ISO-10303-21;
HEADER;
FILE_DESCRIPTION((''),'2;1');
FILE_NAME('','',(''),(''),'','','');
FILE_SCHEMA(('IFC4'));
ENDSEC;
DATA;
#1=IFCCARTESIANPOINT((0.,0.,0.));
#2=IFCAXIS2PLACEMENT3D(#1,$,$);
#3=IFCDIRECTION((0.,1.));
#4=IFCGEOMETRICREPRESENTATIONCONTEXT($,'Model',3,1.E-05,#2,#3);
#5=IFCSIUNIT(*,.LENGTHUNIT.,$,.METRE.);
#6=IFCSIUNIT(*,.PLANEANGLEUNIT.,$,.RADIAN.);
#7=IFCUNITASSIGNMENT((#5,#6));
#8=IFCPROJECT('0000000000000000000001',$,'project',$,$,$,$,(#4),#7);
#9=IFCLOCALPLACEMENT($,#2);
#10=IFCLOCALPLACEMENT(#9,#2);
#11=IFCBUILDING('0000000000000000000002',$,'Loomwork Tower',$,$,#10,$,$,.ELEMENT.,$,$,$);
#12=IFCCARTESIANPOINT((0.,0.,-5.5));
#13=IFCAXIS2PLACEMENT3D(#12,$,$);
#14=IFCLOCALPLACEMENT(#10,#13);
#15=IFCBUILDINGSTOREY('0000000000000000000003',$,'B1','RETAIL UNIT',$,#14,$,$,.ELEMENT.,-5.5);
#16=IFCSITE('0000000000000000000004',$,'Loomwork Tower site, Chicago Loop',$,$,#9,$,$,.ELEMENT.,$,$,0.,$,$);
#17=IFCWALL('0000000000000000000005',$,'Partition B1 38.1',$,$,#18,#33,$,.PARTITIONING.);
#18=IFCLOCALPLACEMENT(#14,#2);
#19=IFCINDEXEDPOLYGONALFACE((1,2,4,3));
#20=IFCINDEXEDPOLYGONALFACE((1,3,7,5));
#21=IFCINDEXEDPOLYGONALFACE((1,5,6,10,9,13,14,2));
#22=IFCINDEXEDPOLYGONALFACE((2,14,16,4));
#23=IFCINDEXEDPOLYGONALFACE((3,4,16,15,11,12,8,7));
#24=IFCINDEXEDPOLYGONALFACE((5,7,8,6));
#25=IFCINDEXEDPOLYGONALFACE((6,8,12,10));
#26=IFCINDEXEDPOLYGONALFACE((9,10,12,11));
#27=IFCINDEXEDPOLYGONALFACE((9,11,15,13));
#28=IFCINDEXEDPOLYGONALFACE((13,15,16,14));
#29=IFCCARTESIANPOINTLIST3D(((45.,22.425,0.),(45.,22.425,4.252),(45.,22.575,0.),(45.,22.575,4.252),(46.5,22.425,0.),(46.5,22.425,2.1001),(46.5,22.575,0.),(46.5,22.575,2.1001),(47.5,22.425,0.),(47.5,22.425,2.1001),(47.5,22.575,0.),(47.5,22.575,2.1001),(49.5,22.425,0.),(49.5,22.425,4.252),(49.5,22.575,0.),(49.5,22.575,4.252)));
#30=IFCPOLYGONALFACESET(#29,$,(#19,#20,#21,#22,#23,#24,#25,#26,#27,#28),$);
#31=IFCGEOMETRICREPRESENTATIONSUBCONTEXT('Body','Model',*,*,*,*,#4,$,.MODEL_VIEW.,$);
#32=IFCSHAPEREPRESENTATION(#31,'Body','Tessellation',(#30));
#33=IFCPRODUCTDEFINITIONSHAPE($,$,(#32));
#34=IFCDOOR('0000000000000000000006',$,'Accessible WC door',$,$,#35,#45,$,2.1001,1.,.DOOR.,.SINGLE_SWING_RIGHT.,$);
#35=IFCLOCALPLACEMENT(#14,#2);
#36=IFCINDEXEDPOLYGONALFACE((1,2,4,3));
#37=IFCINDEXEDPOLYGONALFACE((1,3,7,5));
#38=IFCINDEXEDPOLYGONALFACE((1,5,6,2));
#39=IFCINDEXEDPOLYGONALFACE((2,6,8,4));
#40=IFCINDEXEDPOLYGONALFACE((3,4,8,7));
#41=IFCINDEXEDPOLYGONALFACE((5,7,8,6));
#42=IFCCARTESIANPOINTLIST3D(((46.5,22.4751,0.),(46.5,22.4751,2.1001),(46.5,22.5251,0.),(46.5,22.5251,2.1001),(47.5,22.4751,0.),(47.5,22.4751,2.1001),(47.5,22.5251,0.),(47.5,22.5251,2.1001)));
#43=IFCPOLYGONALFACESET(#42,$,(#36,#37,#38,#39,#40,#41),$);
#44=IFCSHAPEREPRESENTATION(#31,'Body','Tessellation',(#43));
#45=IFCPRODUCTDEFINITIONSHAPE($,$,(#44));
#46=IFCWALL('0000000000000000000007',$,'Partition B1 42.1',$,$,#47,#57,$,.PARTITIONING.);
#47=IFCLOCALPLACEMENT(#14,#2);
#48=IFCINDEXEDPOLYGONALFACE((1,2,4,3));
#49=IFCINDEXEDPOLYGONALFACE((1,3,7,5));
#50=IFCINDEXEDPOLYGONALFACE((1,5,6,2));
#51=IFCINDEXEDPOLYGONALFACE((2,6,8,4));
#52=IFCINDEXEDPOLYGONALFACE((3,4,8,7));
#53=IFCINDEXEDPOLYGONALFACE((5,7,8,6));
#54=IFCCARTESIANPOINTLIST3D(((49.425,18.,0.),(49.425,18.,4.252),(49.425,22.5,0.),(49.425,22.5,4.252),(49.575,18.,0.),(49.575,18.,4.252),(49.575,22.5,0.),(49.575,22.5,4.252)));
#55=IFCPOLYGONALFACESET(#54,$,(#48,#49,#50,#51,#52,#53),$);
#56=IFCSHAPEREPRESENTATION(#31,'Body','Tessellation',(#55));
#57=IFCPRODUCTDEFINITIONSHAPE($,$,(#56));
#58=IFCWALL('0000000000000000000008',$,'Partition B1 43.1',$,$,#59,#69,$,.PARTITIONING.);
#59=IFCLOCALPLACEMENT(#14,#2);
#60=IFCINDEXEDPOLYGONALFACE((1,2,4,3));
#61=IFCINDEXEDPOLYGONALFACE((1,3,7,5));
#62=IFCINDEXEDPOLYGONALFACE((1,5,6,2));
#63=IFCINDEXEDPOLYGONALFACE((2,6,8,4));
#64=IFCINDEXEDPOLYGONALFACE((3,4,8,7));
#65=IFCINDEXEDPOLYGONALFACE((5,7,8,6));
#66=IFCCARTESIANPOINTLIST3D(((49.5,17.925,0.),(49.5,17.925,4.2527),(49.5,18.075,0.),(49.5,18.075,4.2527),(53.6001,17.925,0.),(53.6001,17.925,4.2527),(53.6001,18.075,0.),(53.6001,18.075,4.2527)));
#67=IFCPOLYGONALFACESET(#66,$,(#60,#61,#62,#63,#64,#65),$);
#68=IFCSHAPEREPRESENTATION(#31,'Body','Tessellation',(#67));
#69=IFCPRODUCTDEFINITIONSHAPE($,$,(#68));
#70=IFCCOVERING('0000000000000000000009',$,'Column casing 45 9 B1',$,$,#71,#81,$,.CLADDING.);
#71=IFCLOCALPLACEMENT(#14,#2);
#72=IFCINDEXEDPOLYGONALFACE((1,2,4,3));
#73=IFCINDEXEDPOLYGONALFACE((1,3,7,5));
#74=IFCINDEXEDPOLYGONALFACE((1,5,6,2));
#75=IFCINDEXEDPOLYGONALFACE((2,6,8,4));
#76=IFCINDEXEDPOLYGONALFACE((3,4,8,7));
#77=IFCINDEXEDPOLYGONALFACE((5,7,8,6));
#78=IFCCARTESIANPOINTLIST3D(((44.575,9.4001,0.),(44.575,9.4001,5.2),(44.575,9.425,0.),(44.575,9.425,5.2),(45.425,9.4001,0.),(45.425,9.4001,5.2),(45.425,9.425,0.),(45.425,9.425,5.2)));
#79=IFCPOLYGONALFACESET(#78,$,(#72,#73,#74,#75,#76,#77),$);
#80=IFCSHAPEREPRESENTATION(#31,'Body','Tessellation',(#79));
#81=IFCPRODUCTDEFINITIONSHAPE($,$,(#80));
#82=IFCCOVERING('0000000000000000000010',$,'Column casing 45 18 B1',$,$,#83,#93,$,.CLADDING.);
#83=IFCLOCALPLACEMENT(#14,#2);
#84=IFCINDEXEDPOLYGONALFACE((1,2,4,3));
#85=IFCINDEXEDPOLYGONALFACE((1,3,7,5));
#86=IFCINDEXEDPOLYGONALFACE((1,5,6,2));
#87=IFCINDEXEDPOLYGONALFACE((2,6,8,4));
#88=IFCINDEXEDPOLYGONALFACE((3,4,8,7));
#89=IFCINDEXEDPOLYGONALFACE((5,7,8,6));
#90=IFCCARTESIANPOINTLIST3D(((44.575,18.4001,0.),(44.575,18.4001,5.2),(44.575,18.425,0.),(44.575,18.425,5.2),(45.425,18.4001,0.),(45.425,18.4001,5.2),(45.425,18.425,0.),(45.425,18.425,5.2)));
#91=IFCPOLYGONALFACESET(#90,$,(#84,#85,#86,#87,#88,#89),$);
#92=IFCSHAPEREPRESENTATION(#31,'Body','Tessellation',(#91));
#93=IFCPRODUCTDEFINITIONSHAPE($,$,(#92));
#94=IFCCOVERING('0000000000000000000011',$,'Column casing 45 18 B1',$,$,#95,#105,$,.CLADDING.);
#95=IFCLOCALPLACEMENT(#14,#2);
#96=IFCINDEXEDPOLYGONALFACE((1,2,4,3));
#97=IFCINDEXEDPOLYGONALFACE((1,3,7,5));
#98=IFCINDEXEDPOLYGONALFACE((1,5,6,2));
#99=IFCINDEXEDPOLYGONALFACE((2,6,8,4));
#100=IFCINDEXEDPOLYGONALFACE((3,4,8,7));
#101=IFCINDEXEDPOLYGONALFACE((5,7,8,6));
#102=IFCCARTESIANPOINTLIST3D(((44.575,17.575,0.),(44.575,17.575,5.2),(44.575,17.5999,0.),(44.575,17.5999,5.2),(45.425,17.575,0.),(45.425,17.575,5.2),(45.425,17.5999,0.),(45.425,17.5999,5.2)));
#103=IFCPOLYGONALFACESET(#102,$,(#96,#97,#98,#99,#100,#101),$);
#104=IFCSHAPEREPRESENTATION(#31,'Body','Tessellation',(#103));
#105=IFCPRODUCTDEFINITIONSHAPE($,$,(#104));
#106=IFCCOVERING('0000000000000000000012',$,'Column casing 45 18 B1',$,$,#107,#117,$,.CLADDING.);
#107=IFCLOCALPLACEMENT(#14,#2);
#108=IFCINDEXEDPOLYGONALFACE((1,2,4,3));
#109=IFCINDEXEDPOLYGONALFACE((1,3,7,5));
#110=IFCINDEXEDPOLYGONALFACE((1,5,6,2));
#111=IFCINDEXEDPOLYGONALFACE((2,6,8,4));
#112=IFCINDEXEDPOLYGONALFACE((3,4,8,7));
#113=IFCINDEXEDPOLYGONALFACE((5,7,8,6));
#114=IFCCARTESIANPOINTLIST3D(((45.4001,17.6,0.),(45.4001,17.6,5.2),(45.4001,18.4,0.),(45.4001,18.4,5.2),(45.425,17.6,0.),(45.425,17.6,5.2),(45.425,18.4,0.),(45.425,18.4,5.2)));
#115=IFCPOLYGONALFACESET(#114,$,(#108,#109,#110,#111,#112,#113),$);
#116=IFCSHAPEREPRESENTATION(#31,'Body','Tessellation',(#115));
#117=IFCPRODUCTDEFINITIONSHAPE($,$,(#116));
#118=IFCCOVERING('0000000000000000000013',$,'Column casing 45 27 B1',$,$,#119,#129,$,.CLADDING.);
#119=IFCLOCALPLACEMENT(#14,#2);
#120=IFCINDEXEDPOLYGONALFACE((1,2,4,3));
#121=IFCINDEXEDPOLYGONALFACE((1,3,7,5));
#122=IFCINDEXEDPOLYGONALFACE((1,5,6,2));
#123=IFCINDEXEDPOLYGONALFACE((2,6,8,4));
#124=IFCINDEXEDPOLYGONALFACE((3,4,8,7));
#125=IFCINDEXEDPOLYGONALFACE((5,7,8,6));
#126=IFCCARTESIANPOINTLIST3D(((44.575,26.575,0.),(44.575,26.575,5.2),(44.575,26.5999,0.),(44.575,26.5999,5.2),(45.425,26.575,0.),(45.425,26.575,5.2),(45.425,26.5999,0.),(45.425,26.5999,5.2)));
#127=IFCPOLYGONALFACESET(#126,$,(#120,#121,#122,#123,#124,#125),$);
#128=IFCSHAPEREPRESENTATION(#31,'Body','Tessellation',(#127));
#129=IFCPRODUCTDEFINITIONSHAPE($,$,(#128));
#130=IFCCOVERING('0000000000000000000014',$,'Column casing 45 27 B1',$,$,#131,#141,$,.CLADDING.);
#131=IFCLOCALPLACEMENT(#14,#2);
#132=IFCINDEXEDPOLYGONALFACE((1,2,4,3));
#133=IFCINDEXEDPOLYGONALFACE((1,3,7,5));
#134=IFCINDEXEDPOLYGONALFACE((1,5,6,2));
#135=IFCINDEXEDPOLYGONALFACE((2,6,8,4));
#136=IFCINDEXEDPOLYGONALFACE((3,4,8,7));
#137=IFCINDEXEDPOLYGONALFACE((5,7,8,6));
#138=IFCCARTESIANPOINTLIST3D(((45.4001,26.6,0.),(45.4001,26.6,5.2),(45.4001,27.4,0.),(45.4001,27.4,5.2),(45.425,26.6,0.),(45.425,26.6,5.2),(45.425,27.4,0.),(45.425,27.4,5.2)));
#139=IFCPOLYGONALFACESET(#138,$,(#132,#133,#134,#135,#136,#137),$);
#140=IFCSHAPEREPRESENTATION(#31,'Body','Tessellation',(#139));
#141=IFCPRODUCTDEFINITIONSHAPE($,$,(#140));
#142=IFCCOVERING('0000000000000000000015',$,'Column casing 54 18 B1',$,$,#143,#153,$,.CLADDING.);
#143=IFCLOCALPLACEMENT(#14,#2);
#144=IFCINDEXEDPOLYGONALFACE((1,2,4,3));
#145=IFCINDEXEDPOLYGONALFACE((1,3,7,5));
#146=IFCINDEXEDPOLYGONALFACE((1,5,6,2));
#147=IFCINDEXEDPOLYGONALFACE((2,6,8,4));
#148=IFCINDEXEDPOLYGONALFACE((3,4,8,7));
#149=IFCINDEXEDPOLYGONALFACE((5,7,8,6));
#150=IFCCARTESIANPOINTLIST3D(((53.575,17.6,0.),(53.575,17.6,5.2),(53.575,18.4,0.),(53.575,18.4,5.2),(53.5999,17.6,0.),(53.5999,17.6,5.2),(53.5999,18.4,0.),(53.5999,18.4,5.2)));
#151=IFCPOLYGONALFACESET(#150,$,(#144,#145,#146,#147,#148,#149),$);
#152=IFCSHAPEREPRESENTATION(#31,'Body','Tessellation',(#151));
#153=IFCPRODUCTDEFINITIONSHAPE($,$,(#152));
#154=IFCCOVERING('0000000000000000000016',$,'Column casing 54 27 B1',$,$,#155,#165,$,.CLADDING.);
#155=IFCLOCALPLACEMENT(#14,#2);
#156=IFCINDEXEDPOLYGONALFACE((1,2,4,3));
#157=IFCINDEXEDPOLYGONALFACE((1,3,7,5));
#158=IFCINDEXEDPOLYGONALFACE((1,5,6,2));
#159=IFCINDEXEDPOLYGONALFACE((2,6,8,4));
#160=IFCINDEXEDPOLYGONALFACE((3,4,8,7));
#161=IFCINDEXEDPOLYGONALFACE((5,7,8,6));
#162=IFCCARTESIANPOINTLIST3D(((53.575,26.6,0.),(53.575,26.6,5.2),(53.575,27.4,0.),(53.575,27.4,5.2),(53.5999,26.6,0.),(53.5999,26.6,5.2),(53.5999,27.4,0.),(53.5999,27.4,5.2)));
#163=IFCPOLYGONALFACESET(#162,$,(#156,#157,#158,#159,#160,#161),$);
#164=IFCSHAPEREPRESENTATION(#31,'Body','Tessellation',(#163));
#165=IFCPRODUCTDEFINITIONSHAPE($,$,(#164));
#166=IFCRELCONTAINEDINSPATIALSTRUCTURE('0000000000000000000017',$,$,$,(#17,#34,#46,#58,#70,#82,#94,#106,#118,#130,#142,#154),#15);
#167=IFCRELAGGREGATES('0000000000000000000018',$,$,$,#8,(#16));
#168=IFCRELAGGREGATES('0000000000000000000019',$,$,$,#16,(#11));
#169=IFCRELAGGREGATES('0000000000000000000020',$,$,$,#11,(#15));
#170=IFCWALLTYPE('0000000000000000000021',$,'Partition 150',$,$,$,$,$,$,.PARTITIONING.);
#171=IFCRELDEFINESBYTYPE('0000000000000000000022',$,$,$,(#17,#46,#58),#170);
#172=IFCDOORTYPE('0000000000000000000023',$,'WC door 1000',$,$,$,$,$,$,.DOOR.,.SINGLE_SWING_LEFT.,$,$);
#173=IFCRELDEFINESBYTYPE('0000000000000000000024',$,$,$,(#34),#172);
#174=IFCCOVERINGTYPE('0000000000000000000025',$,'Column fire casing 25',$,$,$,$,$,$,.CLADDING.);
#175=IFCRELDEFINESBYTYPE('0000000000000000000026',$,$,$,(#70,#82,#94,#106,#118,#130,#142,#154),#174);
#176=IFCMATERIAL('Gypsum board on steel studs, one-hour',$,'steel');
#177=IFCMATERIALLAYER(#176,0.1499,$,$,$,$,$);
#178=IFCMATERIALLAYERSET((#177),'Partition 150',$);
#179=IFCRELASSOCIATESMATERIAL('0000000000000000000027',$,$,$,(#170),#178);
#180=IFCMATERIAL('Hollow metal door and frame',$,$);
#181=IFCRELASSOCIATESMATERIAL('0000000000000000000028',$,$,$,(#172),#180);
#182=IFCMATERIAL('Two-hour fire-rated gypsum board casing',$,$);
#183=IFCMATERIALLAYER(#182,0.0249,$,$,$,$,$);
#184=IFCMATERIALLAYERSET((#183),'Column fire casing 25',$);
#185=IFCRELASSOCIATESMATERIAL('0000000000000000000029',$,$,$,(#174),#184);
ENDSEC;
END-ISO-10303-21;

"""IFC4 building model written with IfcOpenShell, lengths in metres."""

from ifc_helpers import new_model, si_unit, direction, frame, frame_2d, origin, origin_2d, place, context, subcontext, project, spatial, rectangle, extrude, material, layer, layer_set, type_object, element, fill, save


model = new_model("IFC4")

# Units and contexts
model_context = context("Model", 3, precision=1e-05, world=origin(), true_north=direction((0.0, 1.0)))
body_context = subcontext(model_context, "Body", "Model", "MODEL_VIEW")
ifc_project = project(units=[si_unit("LENGTHUNIT", "METRE"), si_unit("PLANEANGLEUNIT", "RADIAN")], contexts=[model_context])

# Site, building, storey
site_placement = place(None, origin())
site = spatial("IfcSite", under=ifc_project, at=site_placement, Name="Loomwork Tower site, Chicago Loop", CompositionType="ELEMENT", RefElevation=0.0)
building_placement = place(site_placement, origin())
building = spatial("IfcBuilding", under=site, at=building_placement, Name="Loomwork Tower", CompositionType="ELEMENT")
storey_placement = place(building_placement, frame((0.0, 0.0, -5.5)))
storey = spatial("IfcBuildingStorey", under=building, at=storey_placement, Name="B1", Description="RETAIL UNIT", CompositionType="ELEMENT", Elevation=-5.5)

# Shared definitions
ifc_material_1 = material(Name="Gypsum board on steel studs, one-hour", Category="steel")
ifc_layer_1 = layer(ifc_material_1, 0.1499)
ifc_layer_set_1 = layer_set([ifc_layer_1], Name="Partition 150")
wall_type = type_object("IfcWallType", Name="Partition 150", PredefinedType="PARTITIONING", material=ifc_layer_set_1)

# Wall, opening, door
wall_1_placement = place(storey_placement, frame((45.0, 22.5, 0.0), z_axis=(0.0, 0.0, 1.0), x_axis=(1.0, 0.0, 0.0)))
wall_1 = element("IfcWall", 1, at=wall_1_placement, inside=storey, type_object=wall_type, Name="Partition B1 38.1", PredefinedType="PARTITIONING", context=body_context, shape_type="SweptSolid", body=[
    extrude(rectangle(XDim=4.5, YDim=0.1499, at=frame_2d((2.25, 0.0))), origin(), (0.0, 0.0, 1.0), 4.252),
])
opening_placement = place(wall_1_placement, frame((1.5, 0.0, 0.0)))
opening = element("IfcOpeningElement", 2, at=opening_placement, cuts=wall_1, PredefinedType="OPENING", context=body_context, shape_type="SweptSolid", body=[
    extrude(rectangle(XDim=1.0, YDim=2.1001, at=frame_2d((0.5, 1.05))), frame((0.0, 0.085, 0.0), z_axis=(0.0, -1.0, 0.0), x_axis=(1.0, 0.0, 0.0)), (0.0, 0.0, 1.0), 0.1699),
])
ifc_material_2 = material(Name="Hollow metal door and frame")
door_type = type_object("IfcDoorType", Name="WC door 1000", OperationType="SINGLE_SWING_LEFT", PredefinedType="DOOR", material=ifc_material_2)
door_placement = place(opening_placement, frame((1.0, 0.0, 0.0), z_axis=(0.0, 0.0, 1.0), x_axis=(-1.0, 0.0, 0.0)))
door = element("IfcDoor", 3, at=door_placement, inside=storey, type_object=door_type, Name="Accessible WC door", OperationType="SINGLE_SWING_RIGHT", OverallHeight=2.1001, OverallWidth=1.0, PredefinedType="DOOR", context=body_context, shape_type="SweptSolid", body=[
    extrude(rectangle(XDim=1.0, YDim=2.1001, at=frame_2d((0.5, 1.05))), frame((0.0, 0.0249, 0.0), z_axis=(0.0, -1.0, 0.0), x_axis=(1.0, 0.0, 0.0)), (0.0, 0.0, 1.0), 0.05),
])
fill(opening, door)

# Walls
wall_2_placement = place(storey_placement, frame((49.5, 22.5, 0.0), z_axis=(0.0, 0.0, 1.0), x_axis=(0.0, -1.0, 0.0)))
element("IfcWall", 4, at=wall_2_placement, inside=storey, type_object=wall_type, Name="Partition B1 42.1", PredefinedType="PARTITIONING", context=body_context, shape_type="SweptSolid", body=[
    extrude(rectangle(XDim=4.5, YDim=0.1499, at=frame_2d((2.25, 0.0))), origin(), (0.0, 0.0, 1.0), 4.252),
])
wall_3_placement = place(storey_placement, frame((49.5, 18.0, 0.0), z_axis=(0.0, 0.0, 1.0), x_axis=(1.0, 0.0, 0.0)))
element("IfcWall", 5, at=wall_3_placement, inside=storey, type_object=wall_type, Name="Partition B1 43.1", PredefinedType="PARTITIONING", context=body_context, shape_type="SweptSolid", body=[
    extrude(rectangle(XDim=4.1001, YDim=0.1499, at=frame_2d((2.05, 0.0))), origin(), (0.0, 0.0, 1.0), 4.2527),
])

# Coverings
ifc_material_3 = material(Name="Two-hour fire-rated gypsum board casing")
ifc_layer_2 = layer(ifc_material_3, 0.0249)
ifc_layer_set_2 = layer_set([ifc_layer_2], Name="Column fire casing 25")
covering_type = type_object("IfcCoveringType", Name="Column fire casing 25", PredefinedType="CLADDING", material=ifc_layer_set_2)
for number, where, z_axis, x_axis, name in (
    (6, (45.0, 9.4126, 0.0), (0.0, 0.0, 1.0), (1.0, 0.0, 0.0), "Column casing 45 9 B1"),
    (7, (45.0, 18.4126, 0.0), (0.0, 0.0, 1.0), (1.0, 0.0, 0.0), "Column casing 45 18 B1"),
    (8, (45.0, 17.5874, 0.0), (0.0, 0.0, 1.0), (1.0, 0.0, 0.0), "Column casing 45 18 B1"),
):
    element("IfcCovering", number, at=place(storey_placement, frame(where, z_axis=z_axis, x_axis=x_axis)), inside=storey, type_object=covering_type, Name=name, PredefinedType="CLADDING", context=body_context, shape_type="SweptSolid", body=[
        extrude(rectangle(XDim=0.8501, YDim=0.0249, at=origin_2d()), origin(), (0.0, 0.0, 1.0), 5.2),
    ])
covering_1_placement = place(storey_placement, frame((45.4126, 18.0, 0.0), z_axis=(0.0, 0.0, 1.0), x_axis=(1.0, 0.0, 0.0)))
element("IfcCovering", 9, at=covering_1_placement, inside=storey, type_object=covering_type, Name="Column casing 45 18 B1", PredefinedType="CLADDING", context=body_context, shape_type="SweptSolid", body=[
    extrude(rectangle(XDim=0.0249, YDim=0.8, at=origin_2d()), origin(), (0.0, 0.0, 1.0), 5.2),
])
covering_2_placement = place(storey_placement, frame((45.0, 26.5874, 0.0), z_axis=(0.0, 0.0, 1.0), x_axis=(1.0, 0.0, 0.0)))
element("IfcCovering", 10, at=covering_2_placement, inside=storey, type_object=covering_type, Name="Column casing 45 27 B1", PredefinedType="CLADDING", context=body_context, shape_type="SweptSolid", body=[
    extrude(rectangle(XDim=0.8501, YDim=0.0249, at=origin_2d()), origin(), (0.0, 0.0, 1.0), 5.2),
])
for number, where, z_axis, x_axis, name in (
    (11, (45.4126, 27.0, 0.0), (0.0, 0.0, 1.0), (1.0, 0.0, 0.0), "Column casing 45 27 B1"),
    (12, (53.5874, 18.0, 0.0), (0.0, 0.0, 1.0), (1.0, 0.0, 0.0), "Column casing 54 18 B1"),
    (13, (53.5874, 27.0, 0.0), (0.0, 0.0, 1.0), (1.0, 0.0, 0.0), "Column casing 54 27 B1"),
):
    element("IfcCovering", number, at=place(storey_placement, frame(where, z_axis=z_axis, x_axis=x_axis)), inside=storey, type_object=covering_type, Name=name, PredefinedType="CLADDING", context=body_context, shape_type="SweptSolid", body=[
        extrude(rectangle(XDim=0.0249, YDim=0.8, at=origin_2d()), origin(), (0.0, 0.0, 1.0), 5.2),
    ])

save(model, "model.ifc")
